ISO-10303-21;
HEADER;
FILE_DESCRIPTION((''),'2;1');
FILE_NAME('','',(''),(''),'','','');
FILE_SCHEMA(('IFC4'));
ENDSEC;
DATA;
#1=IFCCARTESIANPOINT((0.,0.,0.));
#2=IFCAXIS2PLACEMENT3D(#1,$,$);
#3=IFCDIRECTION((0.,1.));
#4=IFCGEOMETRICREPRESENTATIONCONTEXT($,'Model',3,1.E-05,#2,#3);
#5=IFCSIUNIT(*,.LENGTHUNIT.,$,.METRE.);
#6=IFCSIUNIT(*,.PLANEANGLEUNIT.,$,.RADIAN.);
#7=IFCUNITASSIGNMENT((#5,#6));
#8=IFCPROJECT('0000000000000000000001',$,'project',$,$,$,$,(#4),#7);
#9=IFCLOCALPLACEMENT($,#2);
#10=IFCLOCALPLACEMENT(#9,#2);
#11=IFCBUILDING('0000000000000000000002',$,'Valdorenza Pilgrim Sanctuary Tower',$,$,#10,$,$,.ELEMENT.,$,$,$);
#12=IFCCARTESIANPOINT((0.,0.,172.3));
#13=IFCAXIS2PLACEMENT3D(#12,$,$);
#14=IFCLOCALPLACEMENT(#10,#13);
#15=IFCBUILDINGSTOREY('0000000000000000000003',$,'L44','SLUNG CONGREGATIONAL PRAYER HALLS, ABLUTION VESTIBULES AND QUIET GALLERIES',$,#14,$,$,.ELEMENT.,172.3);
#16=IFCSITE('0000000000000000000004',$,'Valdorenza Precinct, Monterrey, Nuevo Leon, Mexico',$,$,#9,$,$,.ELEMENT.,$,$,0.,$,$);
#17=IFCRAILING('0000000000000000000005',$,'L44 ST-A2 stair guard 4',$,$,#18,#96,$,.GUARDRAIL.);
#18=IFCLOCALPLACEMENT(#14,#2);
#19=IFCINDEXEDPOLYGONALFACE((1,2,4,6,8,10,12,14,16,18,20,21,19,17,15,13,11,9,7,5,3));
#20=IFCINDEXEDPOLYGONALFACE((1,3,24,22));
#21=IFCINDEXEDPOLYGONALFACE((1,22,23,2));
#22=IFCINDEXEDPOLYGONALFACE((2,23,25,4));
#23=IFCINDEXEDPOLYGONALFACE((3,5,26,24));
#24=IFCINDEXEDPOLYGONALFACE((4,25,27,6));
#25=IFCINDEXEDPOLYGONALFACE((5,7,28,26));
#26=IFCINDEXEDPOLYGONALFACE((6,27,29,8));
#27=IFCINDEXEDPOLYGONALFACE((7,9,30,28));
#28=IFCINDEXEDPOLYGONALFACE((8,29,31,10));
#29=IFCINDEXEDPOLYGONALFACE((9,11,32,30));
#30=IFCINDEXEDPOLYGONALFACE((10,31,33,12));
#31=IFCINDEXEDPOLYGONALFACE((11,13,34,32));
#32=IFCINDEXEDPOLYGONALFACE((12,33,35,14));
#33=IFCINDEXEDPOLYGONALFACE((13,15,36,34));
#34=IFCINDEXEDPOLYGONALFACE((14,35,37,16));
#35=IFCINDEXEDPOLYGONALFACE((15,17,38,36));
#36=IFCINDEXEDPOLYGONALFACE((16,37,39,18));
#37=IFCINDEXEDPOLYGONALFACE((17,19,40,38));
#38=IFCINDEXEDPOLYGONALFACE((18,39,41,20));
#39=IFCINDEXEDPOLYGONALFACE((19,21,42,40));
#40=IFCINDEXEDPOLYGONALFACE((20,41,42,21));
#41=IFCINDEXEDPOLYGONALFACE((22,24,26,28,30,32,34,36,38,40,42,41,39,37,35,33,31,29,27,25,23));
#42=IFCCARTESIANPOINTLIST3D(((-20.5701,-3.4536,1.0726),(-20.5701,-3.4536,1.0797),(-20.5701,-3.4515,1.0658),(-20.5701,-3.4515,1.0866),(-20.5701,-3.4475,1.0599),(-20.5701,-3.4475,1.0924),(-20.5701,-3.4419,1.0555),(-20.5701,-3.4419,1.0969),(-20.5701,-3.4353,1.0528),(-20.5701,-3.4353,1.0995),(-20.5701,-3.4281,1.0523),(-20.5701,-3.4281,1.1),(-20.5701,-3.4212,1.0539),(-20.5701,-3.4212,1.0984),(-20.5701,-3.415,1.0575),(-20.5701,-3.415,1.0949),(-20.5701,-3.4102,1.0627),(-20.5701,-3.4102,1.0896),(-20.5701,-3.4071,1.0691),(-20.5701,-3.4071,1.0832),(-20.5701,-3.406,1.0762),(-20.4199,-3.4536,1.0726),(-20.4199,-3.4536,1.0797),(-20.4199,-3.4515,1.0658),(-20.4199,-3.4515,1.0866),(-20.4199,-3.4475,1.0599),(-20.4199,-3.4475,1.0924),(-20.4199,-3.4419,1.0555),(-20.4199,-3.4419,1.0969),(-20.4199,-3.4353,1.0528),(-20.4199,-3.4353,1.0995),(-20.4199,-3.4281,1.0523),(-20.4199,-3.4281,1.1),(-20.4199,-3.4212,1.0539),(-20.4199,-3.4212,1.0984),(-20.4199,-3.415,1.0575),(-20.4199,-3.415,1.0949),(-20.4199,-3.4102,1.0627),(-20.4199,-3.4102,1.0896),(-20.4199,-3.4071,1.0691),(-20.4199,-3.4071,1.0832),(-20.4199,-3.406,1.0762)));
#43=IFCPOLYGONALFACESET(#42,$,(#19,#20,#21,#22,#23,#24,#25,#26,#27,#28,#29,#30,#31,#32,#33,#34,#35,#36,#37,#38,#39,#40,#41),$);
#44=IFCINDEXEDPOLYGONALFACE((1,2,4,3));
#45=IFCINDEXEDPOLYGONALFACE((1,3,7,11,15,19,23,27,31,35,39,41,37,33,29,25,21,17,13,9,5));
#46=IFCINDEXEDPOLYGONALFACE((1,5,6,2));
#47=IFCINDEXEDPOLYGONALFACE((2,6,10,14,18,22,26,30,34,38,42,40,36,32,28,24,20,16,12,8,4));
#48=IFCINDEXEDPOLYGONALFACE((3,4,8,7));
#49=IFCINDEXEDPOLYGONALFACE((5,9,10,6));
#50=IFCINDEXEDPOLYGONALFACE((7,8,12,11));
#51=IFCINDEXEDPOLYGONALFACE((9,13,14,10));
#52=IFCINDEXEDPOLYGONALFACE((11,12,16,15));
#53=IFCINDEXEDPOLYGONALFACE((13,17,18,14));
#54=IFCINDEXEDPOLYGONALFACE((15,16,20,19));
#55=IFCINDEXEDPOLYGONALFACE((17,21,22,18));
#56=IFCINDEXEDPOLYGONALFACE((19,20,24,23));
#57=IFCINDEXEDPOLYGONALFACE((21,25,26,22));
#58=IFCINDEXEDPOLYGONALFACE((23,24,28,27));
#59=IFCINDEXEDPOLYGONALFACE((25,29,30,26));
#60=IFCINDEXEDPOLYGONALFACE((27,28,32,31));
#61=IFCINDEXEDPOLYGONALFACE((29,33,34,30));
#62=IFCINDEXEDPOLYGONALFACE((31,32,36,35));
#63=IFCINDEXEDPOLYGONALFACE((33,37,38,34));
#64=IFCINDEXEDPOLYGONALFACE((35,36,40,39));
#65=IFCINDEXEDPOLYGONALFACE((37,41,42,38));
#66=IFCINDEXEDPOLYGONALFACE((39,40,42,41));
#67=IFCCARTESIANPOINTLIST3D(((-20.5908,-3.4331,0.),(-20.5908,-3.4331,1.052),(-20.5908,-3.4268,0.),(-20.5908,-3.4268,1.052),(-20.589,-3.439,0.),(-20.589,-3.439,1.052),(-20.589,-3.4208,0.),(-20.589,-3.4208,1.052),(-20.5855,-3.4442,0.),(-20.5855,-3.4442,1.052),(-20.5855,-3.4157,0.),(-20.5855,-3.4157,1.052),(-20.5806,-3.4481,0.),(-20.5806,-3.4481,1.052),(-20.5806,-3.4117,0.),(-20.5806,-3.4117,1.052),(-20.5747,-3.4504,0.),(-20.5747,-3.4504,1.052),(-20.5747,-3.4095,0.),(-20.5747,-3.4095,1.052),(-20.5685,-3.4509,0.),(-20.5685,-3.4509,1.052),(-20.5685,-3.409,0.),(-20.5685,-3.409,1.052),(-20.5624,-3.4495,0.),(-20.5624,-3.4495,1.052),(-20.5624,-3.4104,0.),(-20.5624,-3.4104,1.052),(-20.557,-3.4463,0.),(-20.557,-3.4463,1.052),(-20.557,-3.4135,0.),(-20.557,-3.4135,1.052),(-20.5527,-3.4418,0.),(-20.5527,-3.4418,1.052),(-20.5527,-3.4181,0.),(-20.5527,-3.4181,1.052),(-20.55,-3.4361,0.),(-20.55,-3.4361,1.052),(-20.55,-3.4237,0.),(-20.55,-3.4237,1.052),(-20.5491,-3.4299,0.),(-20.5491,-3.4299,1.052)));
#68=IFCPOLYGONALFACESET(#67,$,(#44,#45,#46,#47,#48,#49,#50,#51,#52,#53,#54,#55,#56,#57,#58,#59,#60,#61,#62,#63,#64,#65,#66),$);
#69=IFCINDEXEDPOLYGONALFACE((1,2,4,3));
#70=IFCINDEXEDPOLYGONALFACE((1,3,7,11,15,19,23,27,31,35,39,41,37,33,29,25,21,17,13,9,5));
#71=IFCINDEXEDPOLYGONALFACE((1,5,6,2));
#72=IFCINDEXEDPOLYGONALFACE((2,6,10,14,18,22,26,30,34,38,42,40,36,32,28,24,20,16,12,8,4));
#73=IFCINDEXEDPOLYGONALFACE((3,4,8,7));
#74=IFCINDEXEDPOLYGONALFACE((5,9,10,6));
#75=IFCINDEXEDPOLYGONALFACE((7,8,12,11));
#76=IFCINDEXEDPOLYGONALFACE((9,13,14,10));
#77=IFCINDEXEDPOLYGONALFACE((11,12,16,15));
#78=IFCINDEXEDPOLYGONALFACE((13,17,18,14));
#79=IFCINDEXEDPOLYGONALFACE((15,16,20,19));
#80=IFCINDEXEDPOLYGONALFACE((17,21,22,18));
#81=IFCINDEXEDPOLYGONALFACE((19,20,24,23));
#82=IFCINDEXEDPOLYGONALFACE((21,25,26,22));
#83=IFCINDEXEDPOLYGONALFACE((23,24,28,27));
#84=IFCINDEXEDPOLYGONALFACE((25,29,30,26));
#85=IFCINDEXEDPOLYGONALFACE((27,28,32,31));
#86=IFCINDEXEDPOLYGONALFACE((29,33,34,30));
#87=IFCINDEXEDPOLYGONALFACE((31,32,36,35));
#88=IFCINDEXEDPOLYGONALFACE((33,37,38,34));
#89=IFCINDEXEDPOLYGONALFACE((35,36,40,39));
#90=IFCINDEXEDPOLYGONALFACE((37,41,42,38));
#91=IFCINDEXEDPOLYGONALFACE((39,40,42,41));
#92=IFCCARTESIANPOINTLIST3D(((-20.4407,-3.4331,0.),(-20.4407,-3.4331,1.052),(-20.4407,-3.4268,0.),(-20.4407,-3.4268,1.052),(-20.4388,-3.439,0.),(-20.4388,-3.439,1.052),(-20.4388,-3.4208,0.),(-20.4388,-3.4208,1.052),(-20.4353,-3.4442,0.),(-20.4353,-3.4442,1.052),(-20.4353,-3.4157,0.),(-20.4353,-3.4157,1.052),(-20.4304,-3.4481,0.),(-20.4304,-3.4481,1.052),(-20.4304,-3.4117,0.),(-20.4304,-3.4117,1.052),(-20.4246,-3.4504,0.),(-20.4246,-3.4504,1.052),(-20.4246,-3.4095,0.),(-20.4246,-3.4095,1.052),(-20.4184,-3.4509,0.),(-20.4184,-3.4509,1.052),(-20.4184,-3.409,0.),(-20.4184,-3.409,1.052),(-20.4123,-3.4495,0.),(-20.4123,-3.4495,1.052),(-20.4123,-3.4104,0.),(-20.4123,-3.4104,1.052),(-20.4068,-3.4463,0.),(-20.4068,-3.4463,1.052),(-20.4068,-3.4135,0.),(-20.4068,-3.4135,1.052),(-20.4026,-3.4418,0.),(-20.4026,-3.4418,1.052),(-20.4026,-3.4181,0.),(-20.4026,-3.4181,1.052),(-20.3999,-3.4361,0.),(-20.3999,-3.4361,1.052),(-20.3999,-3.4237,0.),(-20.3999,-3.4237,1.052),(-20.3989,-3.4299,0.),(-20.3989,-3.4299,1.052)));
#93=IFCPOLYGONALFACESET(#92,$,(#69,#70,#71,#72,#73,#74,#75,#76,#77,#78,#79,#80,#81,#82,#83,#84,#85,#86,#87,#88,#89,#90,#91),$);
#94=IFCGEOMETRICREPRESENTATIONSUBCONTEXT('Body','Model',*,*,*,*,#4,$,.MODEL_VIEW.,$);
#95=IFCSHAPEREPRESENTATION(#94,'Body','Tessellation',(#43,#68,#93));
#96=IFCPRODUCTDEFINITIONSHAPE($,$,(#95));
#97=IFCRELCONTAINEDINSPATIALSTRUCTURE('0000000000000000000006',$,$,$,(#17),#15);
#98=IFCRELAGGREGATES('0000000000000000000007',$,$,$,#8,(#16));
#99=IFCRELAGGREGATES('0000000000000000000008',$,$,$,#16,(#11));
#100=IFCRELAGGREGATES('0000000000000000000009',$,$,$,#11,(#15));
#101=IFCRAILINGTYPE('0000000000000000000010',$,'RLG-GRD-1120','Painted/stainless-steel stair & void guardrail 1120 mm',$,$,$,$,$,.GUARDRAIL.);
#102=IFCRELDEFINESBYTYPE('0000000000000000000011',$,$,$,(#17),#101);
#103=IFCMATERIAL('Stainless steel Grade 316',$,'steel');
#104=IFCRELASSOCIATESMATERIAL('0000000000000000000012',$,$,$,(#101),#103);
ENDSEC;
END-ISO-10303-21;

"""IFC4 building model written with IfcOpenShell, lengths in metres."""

from ifc_helpers import new_model, si_unit, direction, frame, origin, origin_2d, place, context, subcontext, project, spatial, circle, extrude, material, type_object, element, save


model = new_model("IFC4")

# Units and contexts
model_context = context("Model", 3, precision=1e-05, world=origin(), true_north=direction((0.0, 1.0)))
body_context = subcontext(model_context, "Body", "Model", "MODEL_VIEW")
ifc_project = project(units=[si_unit("LENGTHUNIT", "METRE"), si_unit("PLANEANGLEUNIT", "RADIAN")], contexts=[model_context])

# Site, building, storey
site_placement = place(None, origin())
site = spatial("IfcSite", under=ifc_project, at=site_placement, Name="Valdorenza Precinct, Monterrey, Nuevo Leon, Mexico", CompositionType="ELEMENT", RefElevation=0.0)
building_placement = place(site_placement, origin())
building = spatial("IfcBuilding", under=site, at=building_placement, Name="Valdorenza Pilgrim Sanctuary Tower", CompositionType="ELEMENT")
storey_placement = place(building_placement, frame((0.0, 0.0, 172.3)))
storey = spatial("IfcBuildingStorey", under=building, at=storey_placement, Name="L44", Description="SLUNG CONGREGATIONAL PRAYER HALLS, ABLUTION VESTIBULES AND QUIET GALLERIES", CompositionType="ELEMENT", Elevation=172.3)

# Railing
ifc_material_1 = material(Name="Stainless steel Grade 316", Category="steel")
railing_type_1 = type_object("IfcRailingType", Name="RLG-GRD-1120", Description="Painted/stainless-steel stair & void guardrail 1120 mm", PredefinedType="GUARDRAIL", material=ifc_material_1)
railing_1_placement = place(storey_placement, frame((-20.5701, -3.4299, 0.0)))
element("IfcRailing", 1, at=railing_1_placement, inside=storey, type_object=railing_type_1, Name="L44 ST-A2 stair guard 4", PredefinedType="GUARDRAIL", context=body_context, shape_type="SweptSolid", body=[
    extrude(circle(Radius=0.0239, at=origin_2d()), frame((0.0, 0.0, 1.0762), z_axis=(1.0, 0.0, 0.0), x_axis=(0.0, 1.0, 0.0)), (0.0, 0.0, 1.0), 0.1501),
    extrude(circle(Radius=0.021, at=origin_2d()), origin(), (0.0, 0.0, 1.0), 1.052),
    extrude(circle(Radius=0.021, at=origin_2d()), frame((0.1501, 0.0, 0.0)), (0.0, 0.0, 1.0), 1.052),
])

save(model, "model.ifc")
